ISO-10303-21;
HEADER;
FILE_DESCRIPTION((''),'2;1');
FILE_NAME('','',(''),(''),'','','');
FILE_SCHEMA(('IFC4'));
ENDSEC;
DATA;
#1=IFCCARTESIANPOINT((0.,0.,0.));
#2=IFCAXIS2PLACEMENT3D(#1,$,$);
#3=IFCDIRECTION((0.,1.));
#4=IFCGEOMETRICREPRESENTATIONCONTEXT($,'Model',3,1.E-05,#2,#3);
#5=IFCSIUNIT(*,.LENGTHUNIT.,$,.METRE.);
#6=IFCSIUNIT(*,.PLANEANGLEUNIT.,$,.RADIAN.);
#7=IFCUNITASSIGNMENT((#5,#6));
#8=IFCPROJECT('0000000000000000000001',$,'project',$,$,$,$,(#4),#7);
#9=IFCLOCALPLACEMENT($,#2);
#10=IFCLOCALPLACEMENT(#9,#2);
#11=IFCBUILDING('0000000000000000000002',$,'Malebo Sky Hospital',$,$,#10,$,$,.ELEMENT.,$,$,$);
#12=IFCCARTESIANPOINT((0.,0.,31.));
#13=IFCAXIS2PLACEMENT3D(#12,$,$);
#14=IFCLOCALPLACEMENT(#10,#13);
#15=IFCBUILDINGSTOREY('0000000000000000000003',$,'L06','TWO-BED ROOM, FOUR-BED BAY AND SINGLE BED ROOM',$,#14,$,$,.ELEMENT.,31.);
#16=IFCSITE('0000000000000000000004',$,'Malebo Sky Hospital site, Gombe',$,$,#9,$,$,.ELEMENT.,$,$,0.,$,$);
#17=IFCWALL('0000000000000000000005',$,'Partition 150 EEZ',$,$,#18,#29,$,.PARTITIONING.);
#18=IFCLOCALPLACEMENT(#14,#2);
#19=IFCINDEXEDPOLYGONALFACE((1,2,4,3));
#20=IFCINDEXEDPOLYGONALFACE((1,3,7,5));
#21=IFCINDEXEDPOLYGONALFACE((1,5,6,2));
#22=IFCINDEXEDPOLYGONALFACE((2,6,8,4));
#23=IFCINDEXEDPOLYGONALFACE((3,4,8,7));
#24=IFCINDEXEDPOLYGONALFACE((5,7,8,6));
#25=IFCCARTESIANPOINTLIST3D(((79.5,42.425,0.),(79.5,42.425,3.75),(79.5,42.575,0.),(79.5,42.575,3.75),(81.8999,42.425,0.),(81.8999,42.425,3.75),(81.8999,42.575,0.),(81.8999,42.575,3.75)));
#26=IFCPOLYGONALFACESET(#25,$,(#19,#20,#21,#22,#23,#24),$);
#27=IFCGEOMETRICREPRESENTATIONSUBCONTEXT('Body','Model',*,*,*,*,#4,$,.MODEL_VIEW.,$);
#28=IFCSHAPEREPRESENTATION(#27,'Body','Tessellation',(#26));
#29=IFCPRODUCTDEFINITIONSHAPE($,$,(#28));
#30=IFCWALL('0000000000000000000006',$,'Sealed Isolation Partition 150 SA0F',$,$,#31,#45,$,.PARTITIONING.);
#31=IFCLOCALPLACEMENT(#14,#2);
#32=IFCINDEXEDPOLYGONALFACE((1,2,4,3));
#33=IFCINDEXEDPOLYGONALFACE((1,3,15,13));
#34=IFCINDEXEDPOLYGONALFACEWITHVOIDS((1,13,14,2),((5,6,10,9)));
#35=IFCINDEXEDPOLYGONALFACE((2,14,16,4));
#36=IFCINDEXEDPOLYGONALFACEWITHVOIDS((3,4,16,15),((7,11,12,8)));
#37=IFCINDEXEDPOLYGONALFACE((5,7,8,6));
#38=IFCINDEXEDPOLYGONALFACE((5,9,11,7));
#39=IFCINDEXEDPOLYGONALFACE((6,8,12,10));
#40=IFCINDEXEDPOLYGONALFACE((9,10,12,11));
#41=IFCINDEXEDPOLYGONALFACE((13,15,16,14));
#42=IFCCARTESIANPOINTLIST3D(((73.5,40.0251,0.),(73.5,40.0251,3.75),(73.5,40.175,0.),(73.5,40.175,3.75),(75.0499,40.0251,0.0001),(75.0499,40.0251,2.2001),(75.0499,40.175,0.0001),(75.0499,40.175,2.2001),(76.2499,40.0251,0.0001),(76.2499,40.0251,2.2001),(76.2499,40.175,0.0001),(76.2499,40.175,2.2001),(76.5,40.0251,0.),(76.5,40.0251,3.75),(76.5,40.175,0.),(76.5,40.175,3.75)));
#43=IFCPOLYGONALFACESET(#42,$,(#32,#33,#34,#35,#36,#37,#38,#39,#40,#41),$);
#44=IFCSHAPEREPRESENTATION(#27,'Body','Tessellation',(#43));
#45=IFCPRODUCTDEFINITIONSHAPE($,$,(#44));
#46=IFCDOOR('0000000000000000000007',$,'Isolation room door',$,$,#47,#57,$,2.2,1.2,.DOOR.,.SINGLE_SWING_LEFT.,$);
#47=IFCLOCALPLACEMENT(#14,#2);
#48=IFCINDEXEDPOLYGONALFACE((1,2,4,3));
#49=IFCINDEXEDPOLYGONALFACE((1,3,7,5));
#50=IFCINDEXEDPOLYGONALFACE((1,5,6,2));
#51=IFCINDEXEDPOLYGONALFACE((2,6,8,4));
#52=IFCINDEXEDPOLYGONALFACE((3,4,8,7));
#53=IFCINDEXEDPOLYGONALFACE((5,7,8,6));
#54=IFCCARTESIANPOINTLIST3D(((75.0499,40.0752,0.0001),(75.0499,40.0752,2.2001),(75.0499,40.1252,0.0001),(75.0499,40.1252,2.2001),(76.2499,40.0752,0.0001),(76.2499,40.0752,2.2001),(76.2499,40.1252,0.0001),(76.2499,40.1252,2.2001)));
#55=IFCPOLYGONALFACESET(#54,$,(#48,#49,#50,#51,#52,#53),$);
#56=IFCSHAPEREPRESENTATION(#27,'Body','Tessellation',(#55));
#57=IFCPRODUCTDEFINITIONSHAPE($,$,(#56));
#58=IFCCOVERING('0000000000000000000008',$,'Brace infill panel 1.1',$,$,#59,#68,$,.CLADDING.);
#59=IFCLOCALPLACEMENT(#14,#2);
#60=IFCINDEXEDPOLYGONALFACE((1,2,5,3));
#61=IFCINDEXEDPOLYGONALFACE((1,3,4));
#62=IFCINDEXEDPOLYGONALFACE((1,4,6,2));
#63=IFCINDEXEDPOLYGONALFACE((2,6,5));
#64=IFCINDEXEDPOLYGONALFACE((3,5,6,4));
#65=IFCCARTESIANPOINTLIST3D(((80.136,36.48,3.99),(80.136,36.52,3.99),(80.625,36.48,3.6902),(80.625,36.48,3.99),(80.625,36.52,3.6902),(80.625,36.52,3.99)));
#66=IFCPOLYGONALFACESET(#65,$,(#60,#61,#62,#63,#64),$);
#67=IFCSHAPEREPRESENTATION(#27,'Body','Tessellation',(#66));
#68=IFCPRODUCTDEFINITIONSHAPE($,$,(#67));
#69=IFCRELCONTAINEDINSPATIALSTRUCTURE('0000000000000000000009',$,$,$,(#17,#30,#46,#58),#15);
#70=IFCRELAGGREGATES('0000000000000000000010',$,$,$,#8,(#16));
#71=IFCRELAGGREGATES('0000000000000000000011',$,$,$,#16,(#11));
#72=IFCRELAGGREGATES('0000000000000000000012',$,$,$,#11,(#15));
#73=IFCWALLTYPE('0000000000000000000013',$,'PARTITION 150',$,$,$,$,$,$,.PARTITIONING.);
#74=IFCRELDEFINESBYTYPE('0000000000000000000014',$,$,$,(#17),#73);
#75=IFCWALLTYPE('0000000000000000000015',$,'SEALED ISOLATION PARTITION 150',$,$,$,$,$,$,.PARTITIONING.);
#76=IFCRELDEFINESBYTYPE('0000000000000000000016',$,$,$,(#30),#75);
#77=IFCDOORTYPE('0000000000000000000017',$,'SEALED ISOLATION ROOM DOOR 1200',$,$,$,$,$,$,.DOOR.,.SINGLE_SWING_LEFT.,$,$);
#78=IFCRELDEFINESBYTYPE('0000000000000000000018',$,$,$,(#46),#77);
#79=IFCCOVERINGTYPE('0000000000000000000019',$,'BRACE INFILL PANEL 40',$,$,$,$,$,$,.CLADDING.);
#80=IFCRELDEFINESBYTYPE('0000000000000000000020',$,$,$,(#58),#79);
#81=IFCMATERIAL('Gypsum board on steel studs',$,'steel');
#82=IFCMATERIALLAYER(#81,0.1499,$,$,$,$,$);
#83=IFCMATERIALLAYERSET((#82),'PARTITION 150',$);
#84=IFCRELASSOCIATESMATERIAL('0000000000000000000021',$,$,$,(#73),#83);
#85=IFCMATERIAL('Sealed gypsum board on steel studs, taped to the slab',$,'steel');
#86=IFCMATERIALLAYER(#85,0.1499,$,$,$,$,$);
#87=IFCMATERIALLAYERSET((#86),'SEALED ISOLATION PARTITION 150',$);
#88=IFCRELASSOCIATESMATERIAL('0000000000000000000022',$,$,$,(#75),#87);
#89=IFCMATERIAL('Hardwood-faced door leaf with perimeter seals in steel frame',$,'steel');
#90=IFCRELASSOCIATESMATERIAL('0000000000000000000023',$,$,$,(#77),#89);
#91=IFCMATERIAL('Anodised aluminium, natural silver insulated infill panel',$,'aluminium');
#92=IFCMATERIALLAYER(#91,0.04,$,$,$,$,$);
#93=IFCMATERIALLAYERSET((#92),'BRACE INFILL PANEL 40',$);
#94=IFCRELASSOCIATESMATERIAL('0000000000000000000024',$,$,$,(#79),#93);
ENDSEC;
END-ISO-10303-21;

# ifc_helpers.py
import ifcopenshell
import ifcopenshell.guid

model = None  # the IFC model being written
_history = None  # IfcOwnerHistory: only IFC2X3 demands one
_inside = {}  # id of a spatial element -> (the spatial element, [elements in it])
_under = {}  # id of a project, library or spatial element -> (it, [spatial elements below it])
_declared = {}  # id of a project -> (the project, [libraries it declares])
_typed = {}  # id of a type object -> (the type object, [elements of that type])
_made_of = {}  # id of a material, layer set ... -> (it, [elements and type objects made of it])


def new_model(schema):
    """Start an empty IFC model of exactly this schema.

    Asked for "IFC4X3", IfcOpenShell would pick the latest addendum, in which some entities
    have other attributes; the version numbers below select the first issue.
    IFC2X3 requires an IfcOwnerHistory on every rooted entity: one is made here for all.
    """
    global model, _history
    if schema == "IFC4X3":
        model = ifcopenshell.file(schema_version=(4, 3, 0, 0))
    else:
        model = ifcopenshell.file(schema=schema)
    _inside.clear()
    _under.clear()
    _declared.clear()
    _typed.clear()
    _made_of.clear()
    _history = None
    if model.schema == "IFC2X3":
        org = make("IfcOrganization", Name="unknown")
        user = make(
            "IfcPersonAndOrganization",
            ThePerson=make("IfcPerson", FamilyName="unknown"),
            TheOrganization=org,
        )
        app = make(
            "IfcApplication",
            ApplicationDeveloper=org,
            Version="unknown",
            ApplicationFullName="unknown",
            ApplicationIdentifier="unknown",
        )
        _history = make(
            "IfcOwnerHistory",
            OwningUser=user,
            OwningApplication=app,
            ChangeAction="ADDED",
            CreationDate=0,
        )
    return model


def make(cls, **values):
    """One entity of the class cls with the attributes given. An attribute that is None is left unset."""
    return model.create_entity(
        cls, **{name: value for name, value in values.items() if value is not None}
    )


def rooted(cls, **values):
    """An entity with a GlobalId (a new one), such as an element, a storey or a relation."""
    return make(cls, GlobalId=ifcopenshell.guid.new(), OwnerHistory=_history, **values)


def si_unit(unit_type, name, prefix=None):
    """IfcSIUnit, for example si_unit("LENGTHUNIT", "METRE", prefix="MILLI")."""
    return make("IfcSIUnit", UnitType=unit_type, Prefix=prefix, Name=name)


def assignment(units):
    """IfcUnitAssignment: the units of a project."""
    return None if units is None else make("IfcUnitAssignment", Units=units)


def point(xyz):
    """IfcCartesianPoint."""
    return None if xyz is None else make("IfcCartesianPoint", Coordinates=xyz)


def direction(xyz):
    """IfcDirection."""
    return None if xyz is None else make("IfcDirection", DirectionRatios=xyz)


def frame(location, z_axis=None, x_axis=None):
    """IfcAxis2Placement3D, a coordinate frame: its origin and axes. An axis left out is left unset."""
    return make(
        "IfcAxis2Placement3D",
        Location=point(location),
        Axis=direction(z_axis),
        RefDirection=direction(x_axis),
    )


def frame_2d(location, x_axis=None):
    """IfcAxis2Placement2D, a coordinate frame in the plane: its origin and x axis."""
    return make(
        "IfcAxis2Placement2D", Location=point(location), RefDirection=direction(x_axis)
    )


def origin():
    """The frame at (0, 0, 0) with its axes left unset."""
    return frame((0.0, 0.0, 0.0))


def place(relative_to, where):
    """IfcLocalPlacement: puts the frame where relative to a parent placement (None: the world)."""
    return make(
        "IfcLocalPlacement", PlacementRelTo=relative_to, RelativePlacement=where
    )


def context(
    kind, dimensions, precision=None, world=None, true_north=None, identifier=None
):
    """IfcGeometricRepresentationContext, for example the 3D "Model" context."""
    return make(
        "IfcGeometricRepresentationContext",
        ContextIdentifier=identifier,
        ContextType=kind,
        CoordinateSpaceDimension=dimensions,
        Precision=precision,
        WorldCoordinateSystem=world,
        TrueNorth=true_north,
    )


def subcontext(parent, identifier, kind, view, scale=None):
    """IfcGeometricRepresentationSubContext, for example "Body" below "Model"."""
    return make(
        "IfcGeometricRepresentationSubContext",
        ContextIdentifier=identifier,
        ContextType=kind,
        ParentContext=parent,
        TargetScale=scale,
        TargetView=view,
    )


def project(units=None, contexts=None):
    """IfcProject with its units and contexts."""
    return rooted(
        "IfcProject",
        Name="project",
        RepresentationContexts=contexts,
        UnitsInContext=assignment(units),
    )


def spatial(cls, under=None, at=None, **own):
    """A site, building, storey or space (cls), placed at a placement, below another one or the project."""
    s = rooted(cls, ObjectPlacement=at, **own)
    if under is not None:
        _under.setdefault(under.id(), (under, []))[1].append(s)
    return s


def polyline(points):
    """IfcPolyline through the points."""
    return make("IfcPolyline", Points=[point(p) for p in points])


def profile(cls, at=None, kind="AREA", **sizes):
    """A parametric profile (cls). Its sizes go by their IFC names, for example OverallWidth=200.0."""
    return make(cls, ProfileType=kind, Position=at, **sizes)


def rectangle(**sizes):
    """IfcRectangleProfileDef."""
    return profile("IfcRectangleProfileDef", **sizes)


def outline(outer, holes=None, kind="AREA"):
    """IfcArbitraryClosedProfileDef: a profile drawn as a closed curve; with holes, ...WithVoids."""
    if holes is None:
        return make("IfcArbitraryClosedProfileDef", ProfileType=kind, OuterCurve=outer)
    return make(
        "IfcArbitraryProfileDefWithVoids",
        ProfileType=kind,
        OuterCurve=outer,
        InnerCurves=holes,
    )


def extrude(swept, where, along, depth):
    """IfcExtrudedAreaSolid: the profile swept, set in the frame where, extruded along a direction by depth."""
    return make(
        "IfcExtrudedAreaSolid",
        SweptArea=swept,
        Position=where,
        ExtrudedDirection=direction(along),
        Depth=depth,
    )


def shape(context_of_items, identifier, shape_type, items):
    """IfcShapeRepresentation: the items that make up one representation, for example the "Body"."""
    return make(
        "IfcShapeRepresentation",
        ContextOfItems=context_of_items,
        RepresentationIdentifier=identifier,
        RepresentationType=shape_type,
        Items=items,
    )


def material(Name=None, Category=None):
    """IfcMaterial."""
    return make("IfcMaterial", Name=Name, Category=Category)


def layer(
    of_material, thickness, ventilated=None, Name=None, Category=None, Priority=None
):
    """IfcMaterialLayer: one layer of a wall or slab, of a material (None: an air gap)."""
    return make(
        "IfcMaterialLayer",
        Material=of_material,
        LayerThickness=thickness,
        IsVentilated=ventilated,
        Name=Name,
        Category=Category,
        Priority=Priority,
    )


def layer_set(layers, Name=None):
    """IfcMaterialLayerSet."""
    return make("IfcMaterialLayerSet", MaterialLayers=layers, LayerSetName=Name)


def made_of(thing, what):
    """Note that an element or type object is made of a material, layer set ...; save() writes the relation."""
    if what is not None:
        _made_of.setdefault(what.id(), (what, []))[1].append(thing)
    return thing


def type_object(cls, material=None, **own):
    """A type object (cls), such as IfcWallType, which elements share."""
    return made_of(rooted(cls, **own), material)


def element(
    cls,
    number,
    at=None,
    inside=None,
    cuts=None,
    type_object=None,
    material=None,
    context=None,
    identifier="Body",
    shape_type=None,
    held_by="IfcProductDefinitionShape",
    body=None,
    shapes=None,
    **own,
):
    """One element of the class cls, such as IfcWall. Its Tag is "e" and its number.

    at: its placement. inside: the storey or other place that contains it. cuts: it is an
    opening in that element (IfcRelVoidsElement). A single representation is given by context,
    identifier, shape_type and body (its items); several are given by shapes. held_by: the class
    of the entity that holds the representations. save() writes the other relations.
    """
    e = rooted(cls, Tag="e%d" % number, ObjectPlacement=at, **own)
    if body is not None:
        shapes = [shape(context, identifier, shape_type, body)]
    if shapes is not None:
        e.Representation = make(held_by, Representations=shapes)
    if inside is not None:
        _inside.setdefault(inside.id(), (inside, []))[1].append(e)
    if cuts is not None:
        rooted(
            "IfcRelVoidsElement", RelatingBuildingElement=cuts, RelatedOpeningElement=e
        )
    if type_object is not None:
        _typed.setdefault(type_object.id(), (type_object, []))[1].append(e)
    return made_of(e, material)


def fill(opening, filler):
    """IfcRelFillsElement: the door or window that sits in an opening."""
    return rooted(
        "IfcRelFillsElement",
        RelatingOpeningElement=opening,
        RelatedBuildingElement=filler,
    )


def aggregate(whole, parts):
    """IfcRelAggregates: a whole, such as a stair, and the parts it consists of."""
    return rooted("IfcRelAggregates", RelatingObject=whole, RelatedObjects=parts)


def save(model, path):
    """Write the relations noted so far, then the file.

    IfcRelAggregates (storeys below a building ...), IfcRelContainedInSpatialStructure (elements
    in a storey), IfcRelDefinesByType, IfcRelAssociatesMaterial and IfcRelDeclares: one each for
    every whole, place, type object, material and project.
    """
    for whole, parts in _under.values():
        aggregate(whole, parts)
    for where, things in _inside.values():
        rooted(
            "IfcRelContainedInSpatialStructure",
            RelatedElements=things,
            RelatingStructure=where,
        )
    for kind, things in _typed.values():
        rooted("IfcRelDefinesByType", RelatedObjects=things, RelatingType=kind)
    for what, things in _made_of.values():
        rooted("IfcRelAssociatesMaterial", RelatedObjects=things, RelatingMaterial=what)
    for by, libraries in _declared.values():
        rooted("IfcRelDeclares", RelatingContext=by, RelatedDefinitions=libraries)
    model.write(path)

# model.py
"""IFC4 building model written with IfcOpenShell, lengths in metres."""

from ifc_helpers import new_model, si_unit, direction, frame, frame_2d, origin, place, context, subcontext, project, spatial, polyline, rectangle, outline, extrude, material, layer, layer_set, type_object, element, fill, save


model = new_model("IFC4")

# Units and contexts
model_context = context("Model", 3, precision=1e-05, world=origin(), true_north=direction((0.0, 1.0)))
body_context = subcontext(model_context, "Body", "Model", "MODEL_VIEW")
ifc_project = project(units=[si_unit("LENGTHUNIT", "METRE"), si_unit("PLANEANGLEUNIT", "RADIAN")], contexts=[model_context])

# Site, building, storey
site_placement = place(None, origin())
site = spatial("IfcSite", under=ifc_project, at=site_placement, Name="Malebo Sky Hospital site, Gombe", CompositionType="ELEMENT", RefElevation=0.0)
building_placement = place(site_placement, origin())
building = spatial("IfcBuilding", under=site, at=building_placement, Name="Malebo Sky Hospital", CompositionType="ELEMENT")
storey_placement = place(building_placement, frame((0.0, 0.0, 31.0)))
storey = spatial("IfcBuildingStorey", under=building, at=storey_placement, Name="L06", Description="TWO-BED ROOM, FOUR-BED BAY AND SINGLE BED ROOM", CompositionType="ELEMENT", Elevation=31.0)

# Shared definitions
ifc_material_1 = material(Name="Gypsum board on steel studs", Category="steel")

# Shared definitions
ifc_layer_1 = layer(ifc_material_1, 0.1499)
ifc_layer_set_1 = layer_set([ifc_layer_1], Name="PARTITION 150")
wall_type_1 = type_object("IfcWallType", Name="PARTITION 150", PredefinedType="PARTITIONING", material=ifc_layer_set_1)

# Wall
for number, where, z_axis, x_axis, name in (
    (1, (79.5, 42.5, 0.0), (0.0, 0.0, 1.0), (1.0, 0.0, 0.0), "Partition 150 EEZ"),
):
    element("IfcWall", number, at=place(storey_placement, frame(where, z_axis=z_axis, x_axis=x_axis)), inside=storey, type_object=wall_type_1, Name=name, PredefinedType="PARTITIONING", context=body_context, shape_type="SweptSolid", body=[
        extrude(rectangle(XDim=2.3999, YDim=0.1499, at=frame_2d((1.2, 0.0))), origin(), (0.0, 0.0, 1.0), 3.75),
    ])

# Wall, opening, door
ifc_material_2 = material(Name="Sealed gypsum board on steel studs, taped to the slab", Category="steel")
ifc_layer_2 = layer(ifc_material_2, 0.1499)
ifc_layer_set_2 = layer_set([ifc_layer_2], Name="SEALED ISOLATION PARTITION 150")
wall_type_2 = type_object("IfcWallType", Name="SEALED ISOLATION PARTITION 150", PredefinedType="PARTITIONING", material=ifc_layer_set_2)
wall_1_placement = place(storey_placement, frame((76.5, 40.1001, 0.0), z_axis=(0.0, 0.0, 1.0), x_axis=(-1.0, 0.0, 0.0)))
wall_1 = element("IfcWall", 2, at=wall_1_placement, inside=storey, type_object=wall_type_2, Name="Sealed Isolation Partition 150 SA0F", PredefinedType="PARTITIONING", context=body_context, shape_type="SweptSolid", body=[
    extrude(rectangle(XDim=3.0, YDim=0.1499, at=frame_2d((1.5, 0.0))), origin(), (0.0, 0.0, 1.0), 3.75),
])
opening_1_placement = place(wall_1_placement, frame((0.25, 0.0, 0.0)))
opening_1 = element("IfcOpeningElement", 3, at=opening_1_placement, cuts=wall_1, PredefinedType="OPENING", context=body_context, shape_type="SweptSolid", body=[
    extrude(rectangle(XDim=1.2, YDim=2.2, at=frame_2d((0.6001, 1.1001))), frame((0.0, 0.085, 0.0), z_axis=(0.0, -1.0, 0.0), x_axis=(1.0, 0.0, 0.0)), (0.0, 0.0, 1.0), 0.1699),
])
ifc_material_3 = material(Name="Hardwood-faced door leaf with perimeter seals in steel frame", Category="steel")
door_type_1 = type_object("IfcDoorType", Name="SEALED ISOLATION ROOM DOOR 1200", OperationType="SINGLE_SWING_LEFT", PredefinedType="DOOR", material=ifc_material_3)
door_1_placement = place(opening_1_placement, origin())
door_1 = element("IfcDoor", 4, at=door_1_placement, inside=storey, type_object=door_type_1, Name="Isolation room door", OperationType="SINGLE_SWING_LEFT", OverallHeight=2.2, OverallWidth=1.2, PredefinedType="DOOR", context=body_context, shape_type="SweptSolid", body=[
    extrude(rectangle(XDim=1.2, YDim=2.2, at=frame_2d((0.6001, 1.1001))), frame((0.0, 0.0249, 0.0), z_axis=(0.0, -1.0, 0.0), x_axis=(1.0, 0.0, 0.0)), (0.0, 0.0, 1.0), 0.05),
])
fill(opening_1, door_1)

# Covering
ifc_material_4 = material(Name="Anodised aluminium, natural silver insulated infill panel", Category="aluminium")
ifc_layer_3 = layer(ifc_material_4, 0.04)
ifc_layer_set_3 = layer_set([ifc_layer_3], Name="BRACE INFILL PANEL 40")
covering_type = type_object("IfcCoveringType", Name="BRACE INFILL PANEL 40", PredefinedType="CLADDING", material=ifc_layer_set_3)
covering_placement = place(storey_placement, frame((80.3804, 36.5, 3.6902), z_axis=(0.0, 0.0, 1.0), x_axis=(-1.0, 0.0, 0.0)))
element("IfcCovering", 5, at=covering_placement, inside=storey, type_object=covering_type, Name="Brace infill panel 1.1", PredefinedType="CLADDING", context=body_context, shape_type="SweptSolid", body=[
    extrude(outline(polyline([(-0.2446, 0.0), (0.2444, 0.2998), (-0.2446, 0.2998), (-0.2446, 0.0)])), frame((0.0, 0.02, 0.0), z_axis=(0.0, -1.0, 0.0), x_axis=(1.0, 0.0, 0.0)), (0.0, 0.0, 1.0), 0.04),
])

save(model, "model.ifc")
